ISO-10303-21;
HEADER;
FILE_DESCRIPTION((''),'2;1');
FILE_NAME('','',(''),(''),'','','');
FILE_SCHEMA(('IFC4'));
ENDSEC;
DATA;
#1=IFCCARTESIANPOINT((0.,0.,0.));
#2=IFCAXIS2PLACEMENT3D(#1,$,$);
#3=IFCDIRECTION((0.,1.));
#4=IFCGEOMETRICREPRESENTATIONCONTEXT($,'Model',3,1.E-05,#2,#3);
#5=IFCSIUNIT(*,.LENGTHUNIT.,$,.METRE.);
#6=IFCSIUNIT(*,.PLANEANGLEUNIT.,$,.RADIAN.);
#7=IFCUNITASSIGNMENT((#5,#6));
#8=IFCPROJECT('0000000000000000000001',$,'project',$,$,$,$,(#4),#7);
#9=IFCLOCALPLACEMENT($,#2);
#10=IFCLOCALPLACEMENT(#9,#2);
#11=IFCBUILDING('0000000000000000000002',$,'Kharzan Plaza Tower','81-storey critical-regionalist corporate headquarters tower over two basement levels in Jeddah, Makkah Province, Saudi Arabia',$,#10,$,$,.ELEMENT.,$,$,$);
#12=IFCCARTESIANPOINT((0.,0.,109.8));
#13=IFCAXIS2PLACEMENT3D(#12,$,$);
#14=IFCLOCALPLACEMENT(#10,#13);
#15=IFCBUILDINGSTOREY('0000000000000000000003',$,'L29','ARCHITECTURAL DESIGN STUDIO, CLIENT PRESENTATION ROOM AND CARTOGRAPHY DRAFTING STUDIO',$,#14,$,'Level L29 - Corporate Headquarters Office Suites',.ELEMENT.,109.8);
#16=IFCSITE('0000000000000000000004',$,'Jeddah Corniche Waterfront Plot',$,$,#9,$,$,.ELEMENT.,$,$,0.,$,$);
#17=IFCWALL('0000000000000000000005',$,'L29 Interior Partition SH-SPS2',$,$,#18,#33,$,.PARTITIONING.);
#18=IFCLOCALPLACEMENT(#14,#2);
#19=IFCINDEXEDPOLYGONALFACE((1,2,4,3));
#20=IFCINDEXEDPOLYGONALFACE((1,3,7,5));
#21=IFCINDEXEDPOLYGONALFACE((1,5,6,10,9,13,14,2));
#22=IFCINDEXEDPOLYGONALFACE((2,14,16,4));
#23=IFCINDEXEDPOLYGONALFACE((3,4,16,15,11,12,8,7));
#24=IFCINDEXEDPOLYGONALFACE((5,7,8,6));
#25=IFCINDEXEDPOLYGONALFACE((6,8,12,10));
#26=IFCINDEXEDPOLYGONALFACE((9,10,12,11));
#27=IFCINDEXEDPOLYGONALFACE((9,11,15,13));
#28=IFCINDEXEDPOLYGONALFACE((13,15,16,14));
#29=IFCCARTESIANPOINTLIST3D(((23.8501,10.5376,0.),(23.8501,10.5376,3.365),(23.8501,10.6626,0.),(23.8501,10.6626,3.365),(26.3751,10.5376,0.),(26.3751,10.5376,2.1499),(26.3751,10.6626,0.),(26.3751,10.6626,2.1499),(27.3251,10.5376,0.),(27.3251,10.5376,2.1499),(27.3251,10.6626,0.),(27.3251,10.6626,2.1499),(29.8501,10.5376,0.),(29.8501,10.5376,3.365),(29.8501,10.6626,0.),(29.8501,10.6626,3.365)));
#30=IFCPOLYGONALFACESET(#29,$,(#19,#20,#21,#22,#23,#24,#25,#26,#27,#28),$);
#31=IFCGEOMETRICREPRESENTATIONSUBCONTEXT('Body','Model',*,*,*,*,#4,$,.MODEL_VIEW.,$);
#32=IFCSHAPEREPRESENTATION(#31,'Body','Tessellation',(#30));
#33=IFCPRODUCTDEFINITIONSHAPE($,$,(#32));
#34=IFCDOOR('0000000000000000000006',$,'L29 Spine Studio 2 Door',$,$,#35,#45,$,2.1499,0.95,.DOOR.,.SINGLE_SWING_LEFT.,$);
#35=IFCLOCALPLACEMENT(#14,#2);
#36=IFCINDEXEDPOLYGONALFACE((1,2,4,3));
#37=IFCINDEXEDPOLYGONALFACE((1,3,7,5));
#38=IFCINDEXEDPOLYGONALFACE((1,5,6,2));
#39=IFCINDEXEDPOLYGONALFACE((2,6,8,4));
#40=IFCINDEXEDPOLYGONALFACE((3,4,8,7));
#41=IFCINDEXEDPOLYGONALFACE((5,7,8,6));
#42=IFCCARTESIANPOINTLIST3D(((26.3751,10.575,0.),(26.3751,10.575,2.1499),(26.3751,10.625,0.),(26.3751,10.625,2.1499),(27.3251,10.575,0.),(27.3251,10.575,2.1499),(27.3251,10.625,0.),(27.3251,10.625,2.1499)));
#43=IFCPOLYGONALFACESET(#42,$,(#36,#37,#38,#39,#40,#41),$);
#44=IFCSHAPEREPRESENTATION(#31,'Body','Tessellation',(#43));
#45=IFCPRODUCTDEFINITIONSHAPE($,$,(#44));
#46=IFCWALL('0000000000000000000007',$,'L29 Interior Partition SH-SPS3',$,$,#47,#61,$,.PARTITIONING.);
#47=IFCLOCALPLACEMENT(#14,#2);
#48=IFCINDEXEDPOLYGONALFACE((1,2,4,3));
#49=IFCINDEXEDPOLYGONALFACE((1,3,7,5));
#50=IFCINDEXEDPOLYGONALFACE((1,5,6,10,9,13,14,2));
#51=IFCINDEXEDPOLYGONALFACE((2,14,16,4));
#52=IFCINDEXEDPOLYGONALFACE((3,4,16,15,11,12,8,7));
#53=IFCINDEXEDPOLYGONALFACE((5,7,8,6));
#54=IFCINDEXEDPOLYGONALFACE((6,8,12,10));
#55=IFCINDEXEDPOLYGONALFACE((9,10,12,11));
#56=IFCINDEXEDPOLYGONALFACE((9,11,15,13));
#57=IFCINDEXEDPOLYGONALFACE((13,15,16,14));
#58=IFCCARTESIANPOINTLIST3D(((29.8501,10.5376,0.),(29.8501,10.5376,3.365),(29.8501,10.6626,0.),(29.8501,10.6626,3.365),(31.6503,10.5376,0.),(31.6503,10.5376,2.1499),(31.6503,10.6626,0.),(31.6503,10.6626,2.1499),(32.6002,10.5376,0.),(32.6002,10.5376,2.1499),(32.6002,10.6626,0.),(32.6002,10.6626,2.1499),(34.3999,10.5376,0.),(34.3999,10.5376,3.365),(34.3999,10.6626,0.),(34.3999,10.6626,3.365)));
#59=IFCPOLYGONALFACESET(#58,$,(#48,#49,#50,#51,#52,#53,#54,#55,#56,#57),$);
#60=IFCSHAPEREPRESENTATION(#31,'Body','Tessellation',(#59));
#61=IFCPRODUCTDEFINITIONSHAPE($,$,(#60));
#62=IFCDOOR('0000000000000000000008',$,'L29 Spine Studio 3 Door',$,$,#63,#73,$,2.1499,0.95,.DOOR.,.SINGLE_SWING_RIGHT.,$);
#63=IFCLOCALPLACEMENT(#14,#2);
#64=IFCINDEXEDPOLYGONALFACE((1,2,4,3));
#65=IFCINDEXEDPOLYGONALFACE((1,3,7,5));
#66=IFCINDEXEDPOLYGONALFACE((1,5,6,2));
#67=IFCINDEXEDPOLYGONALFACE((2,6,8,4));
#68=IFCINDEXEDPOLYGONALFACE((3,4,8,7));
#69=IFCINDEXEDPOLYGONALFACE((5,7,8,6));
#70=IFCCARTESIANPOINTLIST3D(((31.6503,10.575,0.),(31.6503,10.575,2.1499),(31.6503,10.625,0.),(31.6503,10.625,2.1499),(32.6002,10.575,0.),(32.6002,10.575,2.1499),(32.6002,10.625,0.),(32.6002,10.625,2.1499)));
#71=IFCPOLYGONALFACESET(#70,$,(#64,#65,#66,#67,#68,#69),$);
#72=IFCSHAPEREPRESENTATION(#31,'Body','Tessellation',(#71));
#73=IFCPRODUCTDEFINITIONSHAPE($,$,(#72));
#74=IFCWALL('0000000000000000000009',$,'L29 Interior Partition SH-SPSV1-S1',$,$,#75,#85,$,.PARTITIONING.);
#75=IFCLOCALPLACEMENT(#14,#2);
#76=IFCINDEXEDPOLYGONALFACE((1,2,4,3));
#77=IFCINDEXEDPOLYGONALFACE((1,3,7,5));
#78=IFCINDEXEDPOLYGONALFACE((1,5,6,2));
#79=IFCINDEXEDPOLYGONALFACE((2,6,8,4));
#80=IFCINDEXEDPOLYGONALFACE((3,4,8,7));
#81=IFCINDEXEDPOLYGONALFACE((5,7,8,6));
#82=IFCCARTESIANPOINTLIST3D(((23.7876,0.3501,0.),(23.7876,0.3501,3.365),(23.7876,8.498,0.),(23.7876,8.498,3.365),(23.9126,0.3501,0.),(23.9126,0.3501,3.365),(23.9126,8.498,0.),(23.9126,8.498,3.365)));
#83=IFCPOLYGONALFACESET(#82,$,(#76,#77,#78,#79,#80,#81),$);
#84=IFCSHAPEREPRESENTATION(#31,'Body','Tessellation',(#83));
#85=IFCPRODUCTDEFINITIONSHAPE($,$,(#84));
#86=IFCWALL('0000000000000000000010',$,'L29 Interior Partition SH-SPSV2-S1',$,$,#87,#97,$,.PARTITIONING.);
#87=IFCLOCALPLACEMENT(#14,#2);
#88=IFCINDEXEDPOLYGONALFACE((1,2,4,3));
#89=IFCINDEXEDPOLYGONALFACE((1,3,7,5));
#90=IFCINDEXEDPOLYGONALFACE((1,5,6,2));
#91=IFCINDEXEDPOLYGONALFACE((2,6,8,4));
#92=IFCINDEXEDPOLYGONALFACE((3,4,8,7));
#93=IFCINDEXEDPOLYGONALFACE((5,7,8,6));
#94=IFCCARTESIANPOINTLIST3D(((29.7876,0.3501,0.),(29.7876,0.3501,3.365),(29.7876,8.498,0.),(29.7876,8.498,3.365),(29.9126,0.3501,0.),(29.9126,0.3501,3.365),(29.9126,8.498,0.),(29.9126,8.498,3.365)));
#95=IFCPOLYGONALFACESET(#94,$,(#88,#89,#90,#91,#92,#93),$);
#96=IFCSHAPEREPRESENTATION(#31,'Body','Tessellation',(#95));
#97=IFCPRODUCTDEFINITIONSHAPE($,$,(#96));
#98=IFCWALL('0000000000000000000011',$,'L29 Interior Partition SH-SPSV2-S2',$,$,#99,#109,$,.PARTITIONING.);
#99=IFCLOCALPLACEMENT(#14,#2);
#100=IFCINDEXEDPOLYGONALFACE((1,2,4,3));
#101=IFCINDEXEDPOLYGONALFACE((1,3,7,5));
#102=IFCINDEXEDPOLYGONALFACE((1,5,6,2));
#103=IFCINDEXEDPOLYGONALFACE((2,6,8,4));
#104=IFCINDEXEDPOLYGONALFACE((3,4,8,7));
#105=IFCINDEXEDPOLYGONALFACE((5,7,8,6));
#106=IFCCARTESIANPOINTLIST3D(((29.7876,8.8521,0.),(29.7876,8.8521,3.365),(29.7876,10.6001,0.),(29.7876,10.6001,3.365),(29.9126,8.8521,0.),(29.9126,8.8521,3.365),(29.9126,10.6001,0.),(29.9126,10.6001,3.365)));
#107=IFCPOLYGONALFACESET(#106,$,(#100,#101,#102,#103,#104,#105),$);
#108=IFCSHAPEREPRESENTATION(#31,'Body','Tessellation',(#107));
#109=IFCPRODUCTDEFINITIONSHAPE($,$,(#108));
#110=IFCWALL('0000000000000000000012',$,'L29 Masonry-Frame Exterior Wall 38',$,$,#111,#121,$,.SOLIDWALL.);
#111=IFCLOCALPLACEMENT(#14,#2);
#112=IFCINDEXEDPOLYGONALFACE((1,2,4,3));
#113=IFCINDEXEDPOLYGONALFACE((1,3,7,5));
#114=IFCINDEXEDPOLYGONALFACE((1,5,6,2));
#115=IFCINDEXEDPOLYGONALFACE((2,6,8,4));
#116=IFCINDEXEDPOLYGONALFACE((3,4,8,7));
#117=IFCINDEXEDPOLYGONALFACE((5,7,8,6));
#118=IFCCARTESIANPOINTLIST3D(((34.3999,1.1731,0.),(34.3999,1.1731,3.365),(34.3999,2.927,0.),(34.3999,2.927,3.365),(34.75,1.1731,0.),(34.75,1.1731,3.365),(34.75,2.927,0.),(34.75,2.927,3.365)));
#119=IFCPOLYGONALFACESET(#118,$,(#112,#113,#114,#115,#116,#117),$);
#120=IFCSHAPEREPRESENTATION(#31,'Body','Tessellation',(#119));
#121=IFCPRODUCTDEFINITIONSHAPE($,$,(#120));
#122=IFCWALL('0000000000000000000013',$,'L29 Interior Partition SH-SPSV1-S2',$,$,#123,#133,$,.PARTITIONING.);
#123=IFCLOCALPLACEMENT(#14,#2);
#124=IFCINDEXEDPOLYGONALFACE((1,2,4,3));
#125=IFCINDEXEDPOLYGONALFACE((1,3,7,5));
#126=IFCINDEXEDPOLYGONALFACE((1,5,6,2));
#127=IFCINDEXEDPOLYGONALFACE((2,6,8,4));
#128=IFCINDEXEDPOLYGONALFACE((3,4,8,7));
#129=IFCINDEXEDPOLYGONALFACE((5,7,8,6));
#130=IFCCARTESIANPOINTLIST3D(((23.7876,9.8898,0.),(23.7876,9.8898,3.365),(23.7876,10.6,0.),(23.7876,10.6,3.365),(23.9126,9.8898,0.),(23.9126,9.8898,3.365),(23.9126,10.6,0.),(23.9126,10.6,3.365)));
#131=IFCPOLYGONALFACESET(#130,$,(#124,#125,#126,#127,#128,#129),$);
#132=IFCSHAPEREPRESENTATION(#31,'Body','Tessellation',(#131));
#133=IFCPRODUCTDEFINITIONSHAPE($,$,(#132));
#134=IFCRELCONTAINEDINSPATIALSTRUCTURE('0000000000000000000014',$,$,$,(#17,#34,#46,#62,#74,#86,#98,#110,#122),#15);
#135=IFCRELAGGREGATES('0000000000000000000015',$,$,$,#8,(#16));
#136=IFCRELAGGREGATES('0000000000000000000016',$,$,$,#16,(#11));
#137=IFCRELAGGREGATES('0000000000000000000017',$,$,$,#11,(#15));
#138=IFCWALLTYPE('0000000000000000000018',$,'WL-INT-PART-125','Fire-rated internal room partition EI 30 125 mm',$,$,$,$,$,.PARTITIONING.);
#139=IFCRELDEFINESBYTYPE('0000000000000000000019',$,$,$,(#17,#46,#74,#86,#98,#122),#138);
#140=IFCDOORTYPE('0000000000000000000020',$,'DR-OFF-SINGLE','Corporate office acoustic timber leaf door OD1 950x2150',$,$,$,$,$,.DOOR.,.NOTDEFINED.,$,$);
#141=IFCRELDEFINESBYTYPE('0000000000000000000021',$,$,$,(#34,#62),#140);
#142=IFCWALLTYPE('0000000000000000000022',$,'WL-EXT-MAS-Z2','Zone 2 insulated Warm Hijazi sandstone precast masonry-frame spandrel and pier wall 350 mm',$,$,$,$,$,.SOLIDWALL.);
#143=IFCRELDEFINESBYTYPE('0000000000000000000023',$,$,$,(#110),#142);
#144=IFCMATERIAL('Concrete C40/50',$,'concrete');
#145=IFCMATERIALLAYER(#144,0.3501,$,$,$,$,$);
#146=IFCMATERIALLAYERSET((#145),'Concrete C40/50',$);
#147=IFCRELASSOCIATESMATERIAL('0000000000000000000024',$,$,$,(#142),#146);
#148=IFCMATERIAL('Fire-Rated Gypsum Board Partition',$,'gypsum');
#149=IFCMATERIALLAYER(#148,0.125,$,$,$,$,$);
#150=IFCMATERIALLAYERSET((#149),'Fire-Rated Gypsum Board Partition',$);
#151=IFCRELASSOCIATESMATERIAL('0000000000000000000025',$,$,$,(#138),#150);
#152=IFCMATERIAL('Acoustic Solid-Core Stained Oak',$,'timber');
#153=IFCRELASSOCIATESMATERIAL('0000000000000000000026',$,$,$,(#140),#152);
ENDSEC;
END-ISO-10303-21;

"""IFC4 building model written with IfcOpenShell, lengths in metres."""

from ifc_helpers import new_model, si_unit, direction, frame, frame_2d, origin, place, context, subcontext, project, spatial, rectangle, extrude, source, transform, mapped, material, layer, layer_set, type_object, element, fill, save


model = new_model("IFC4")

# Units and contexts
model_context = context("Model", 3, precision=1e-05, world=origin(), true_north=direction((0.0, 1.0)))
body_context = subcontext(model_context, "Body", "Model", "MODEL_VIEW")
ifc_project = project(units=[si_unit("LENGTHUNIT", "METRE"), si_unit("PLANEANGLEUNIT", "RADIAN")], contexts=[model_context])

# Site, building, storey
site_placement = place(None, origin())
site = spatial("IfcSite", under=ifc_project, at=site_placement, Name="Jeddah Corniche Waterfront Plot", CompositionType="ELEMENT", RefElevation=0.0)
building_placement = place(site_placement, origin())
building = spatial("IfcBuilding", under=site, at=building_placement, Name="Kharzan Plaza Tower", Description="81-storey critical-regionalist corporate headquarters tower over two basement levels in Jeddah, Makkah Province, Saudi Arabia", CompositionType="ELEMENT")
storey_placement = place(building_placement, frame((0.0, 0.0, 109.8)))
storey = spatial("IfcBuildingStorey", under=building, at=storey_placement, Name="L29", Description="ARCHITECTURAL DESIGN STUDIO, CLIENT PRESENTATION ROOM AND CARTOGRAPHY DRAFTING STUDIO", LongName="Level L29 - Corporate Headquarters Office Suites", CompositionType="ELEMENT", Elevation=109.8)

# Shared definitions
ifc_material_1 = material(Name="Concrete C40/50", Category="concrete")
ifc_layer_1 = layer(ifc_material_1, 0.3501)
ifc_layer_set_1 = layer_set([ifc_layer_1], Name="Concrete C40/50")
wall_type_1 = type_object("IfcWallType", Name="WL-EXT-MAS-Z2", Description="Zone 2 insulated Warm Hijazi sandstone precast masonry-frame spandrel and pier wall 350 mm", PredefinedType="SOLIDWALL", material=ifc_layer_set_1)

# Walls, openings, doors
ifc_material_2 = material(Name="Fire-Rated Gypsum Board Partition", Category="gypsum")
ifc_layer_2 = layer(ifc_material_2, 0.125)
ifc_layer_set_2 = layer_set([ifc_layer_2], Name="Fire-Rated Gypsum Board Partition")
wall_type_2 = type_object("IfcWallType", Name="WL-INT-PART-125", Description="Fire-rated internal room partition EI 30 125 mm", PredefinedType="PARTITIONING", material=ifc_layer_set_2)
wall_1_placement = place(storey_placement, frame((23.8501, 10.6001, 0.0), z_axis=(0.0, 0.0, 1.0), x_axis=(1.0, 0.0, 0.0)))
wall_1 = element("IfcWall", 1, at=wall_1_placement, inside=storey, type_object=wall_type_2, Name="L29 Interior Partition SH-SPS2", PredefinedType="PARTITIONING", context=body_context, shape_type="SweptSolid", body=[
    extrude(rectangle(XDim=6.0, YDim=0.125, at=frame_2d((3.0, 0.0))), origin(), (0.0, 0.0, 1.0), 3.365),
])
opening_1_placement = place(wall_1_placement, frame((2.5249, 0.0, 0.0)))
opening_1 = element("IfcOpeningElement", 2, at=opening_1_placement, cuts=wall_1, PredefinedType="OPENING", context=body_context, shape_type="SweptSolid", body=[
    extrude(rectangle(XDim=0.95, YDim=2.1499, at=frame_2d((0.4751, 1.075))), frame((0.0, 0.0725, 0.0), z_axis=(0.0, -1.0, 0.0), x_axis=(1.0, 0.0, 0.0)), (0.0, 0.0, 1.0), 0.145),
])
ifc_material_3 = material(Name="Acoustic Solid-Core Stained Oak", Category="timber")
door_type = type_object("IfcDoorType", Name="DR-OFF-SINGLE", Description="Corporate office acoustic timber leaf door OD1 950x2150", OperationType="NOTDEFINED", PredefinedType="DOOR", material=ifc_material_3)
shared_shape_1 = source(origin(), body_context, "Body", "SweptSolid", [
    extrude(rectangle(XDim=0.95, YDim=2.1499, at=frame_2d((0.4751, 1.075))), frame((0.0, 0.0249, 0.0), z_axis=(0.0, -1.0, 0.0), x_axis=(1.0, 0.0, 0.0)), (0.0, 0.0, 1.0), 0.05),
])
door_1_placement = place(opening_1_placement, origin())
door_1 = element("IfcDoor", 3, at=door_1_placement, inside=storey, type_object=door_type, Name="L29 Spine Studio 2 Door", OperationType="SINGLE_SWING_LEFT", OverallHeight=2.1499, OverallWidth=0.95, PredefinedType="DOOR", context=body_context, shape_type="MappedRepresentation", body=[
    mapped(shared_shape_1, transform((0.0, 0.0, 0.0), x_axis=(1.0, 0.0, 0.0), y_axis=(0.0, 1.0, 0.0), z_axis=(0.0, 0.0, 1.0))),
])
fill(opening_1, door_1)
wall_2_placement = place(storey_placement, frame((29.8501, 10.6001, 0.0), z_axis=(0.0, 0.0, 1.0), x_axis=(1.0, 0.0, 0.0)))
wall_2 = element("IfcWall", 4, at=wall_2_placement, inside=storey, type_object=wall_type_2, Name="L29 Interior Partition SH-SPS3", PredefinedType="PARTITIONING", context=body_context, shape_type="SweptSolid", body=[
    extrude(rectangle(XDim=4.5498, YDim=0.125, at=frame_2d((2.2749, 0.0))), origin(), (0.0, 0.0, 1.0), 3.365),
])
opening_2_placement = place(wall_2_placement, frame((1.8, 0.0, 0.0)))
opening_2 = element("IfcOpeningElement", 5, at=opening_2_placement, cuts=wall_2, PredefinedType="OPENING", context=body_context, shape_type="SweptSolid", body=[
    extrude(rectangle(XDim=0.95, YDim=2.1499, at=frame_2d((0.4751, 1.075))), frame((0.0, 0.0725, 0.0), z_axis=(0.0, -1.0, 0.0), x_axis=(1.0, 0.0, 0.0)), (0.0, 0.0, 1.0), 0.145),
])
door_2_placement = place(opening_2_placement, origin())
door_2 = element("IfcDoor", 6, at=door_2_placement, inside=storey, type_object=door_type, Name="L29 Spine Studio 3 Door", OperationType="SINGLE_SWING_RIGHT", OverallHeight=2.1499, OverallWidth=0.95, PredefinedType="DOOR", context=body_context, shape_type="MappedRepresentation", body=[
    mapped(shared_shape_1, transform((0.0, 0.0, 0.0), x_axis=(1.0, 0.0, 0.0), y_axis=(0.0, 1.0, 0.0), z_axis=(0.0, 0.0, 1.0))),
])
fill(opening_2, door_2)

# Walls
shared_shape_2 = source(origin(), body_context, "Body", "SweptSolid", [
    extrude(rectangle(XDim=8.1479, YDim=0.125, at=frame_2d((4.074, 0.0))), origin(), (0.0, 0.0, 1.0), 3.365),
])
for number, where, z_axis, x_axis, name in (
    (7, (23.8501, 0.3501, 0.0), (0.0, 0.0, 1.0), (0.0, 1.0, 0.0), "L29 Interior Partition SH-SPSV1-S1"),
    (8, (29.8501, 0.3501, 0.0), (0.0, 0.0, 1.0), (0.0, 1.0, 0.0), "L29 Interior Partition SH-SPSV2-S1"),
):
    element("IfcWall", number, at=place(storey_placement, frame(where, z_axis=z_axis, x_axis=x_axis)), inside=storey, type_object=wall_type_2, Name=name, PredefinedType="PARTITIONING", context=body_context, shape_type="MappedRepresentation", body=[
        mapped(shared_shape_2, transform((0.0, 0.0, 0.0), x_axis=(1.0, 0.0, 0.0), y_axis=(0.0, 1.0, 0.0), z_axis=(0.0, 0.0, 1.0))),
    ])
shared_shape_3 = source(origin(), body_context, "Body", "SweptSolid", [
    extrude(rectangle(XDim=1.748, YDim=0.125, at=frame_2d((0.874, 0.0))), origin(), (0.0, 0.0, 1.0), 3.365),
])
wall_3_placement = place(storey_placement, frame((29.8501, 8.8521, 0.0), z_axis=(0.0, 0.0, 1.0), x_axis=(0.0, 1.0, 0.0)))
element("IfcWall", 9, at=wall_3_placement, inside=storey, type_object=wall_type_2, Name="L29 Interior Partition SH-SPSV2-S2", PredefinedType="PARTITIONING", context=body_context, shape_type="MappedRepresentation", body=[
    mapped(shared_shape_3, transform((0.0, 0.0, 0.0), x_axis=(1.0, 0.0, 0.0), y_axis=(0.0, 1.0, 0.0), z_axis=(0.0, 0.0, 1.0))),
])
shared_shape_4 = source(origin(), body_context, "Body", "SweptSolid", [
    extrude(rectangle(XDim=1.7539, YDim=0.3501, at=frame_2d((0.877, 0.0))), origin(), (0.0, 0.0, 1.0), 3.365),
])
wall_4_placement = place(storey_placement, frame((34.575, 2.927, 0.0), z_axis=(0.0, 0.0, 1.0), x_axis=(0.0, -1.0, 0.0)))
element("IfcWall", 10, at=wall_4_placement, inside=storey, type_object=wall_type_1, Name="L29 Masonry-Frame Exterior Wall 38", PredefinedType="SOLIDWALL", context=body_context, shape_type="MappedRepresentation", body=[
    mapped(shared_shape_4, transform((0.0, 0.0, 0.0), x_axis=(1.0, 0.0, 0.0), y_axis=(0.0, 1.0, 0.0), z_axis=(0.0, 0.0, 1.0))),
])
shared_shape_5 = source(origin(), body_context, "Body", "SweptSolid", [
    extrude(rectangle(XDim=0.7102, YDim=0.125, at=frame_2d((0.355, 0.0))), origin(), (0.0, 0.0, 1.0), 3.365),
])
wall_5_placement = place(storey_placement, frame((23.8501, 9.8899, 0.0), z_axis=(0.0, 0.0, 1.0), x_axis=(0.0, 1.0, 0.0)))
element("IfcWall", 11, at=wall_5_placement, inside=storey, type_object=wall_type_2, Name="L29 Interior Partition SH-SPSV1-S2", PredefinedType="PARTITIONING", context=body_context, shape_type="MappedRepresentation", body=[
    mapped(shared_shape_5, transform((0.0, 0.0, 0.0), x_axis=(1.0, 0.0, 0.0), y_axis=(0.0, 1.0, 0.0), z_axis=(0.0, 0.0, 1.0))),
])

save(model, "model.ifc")
